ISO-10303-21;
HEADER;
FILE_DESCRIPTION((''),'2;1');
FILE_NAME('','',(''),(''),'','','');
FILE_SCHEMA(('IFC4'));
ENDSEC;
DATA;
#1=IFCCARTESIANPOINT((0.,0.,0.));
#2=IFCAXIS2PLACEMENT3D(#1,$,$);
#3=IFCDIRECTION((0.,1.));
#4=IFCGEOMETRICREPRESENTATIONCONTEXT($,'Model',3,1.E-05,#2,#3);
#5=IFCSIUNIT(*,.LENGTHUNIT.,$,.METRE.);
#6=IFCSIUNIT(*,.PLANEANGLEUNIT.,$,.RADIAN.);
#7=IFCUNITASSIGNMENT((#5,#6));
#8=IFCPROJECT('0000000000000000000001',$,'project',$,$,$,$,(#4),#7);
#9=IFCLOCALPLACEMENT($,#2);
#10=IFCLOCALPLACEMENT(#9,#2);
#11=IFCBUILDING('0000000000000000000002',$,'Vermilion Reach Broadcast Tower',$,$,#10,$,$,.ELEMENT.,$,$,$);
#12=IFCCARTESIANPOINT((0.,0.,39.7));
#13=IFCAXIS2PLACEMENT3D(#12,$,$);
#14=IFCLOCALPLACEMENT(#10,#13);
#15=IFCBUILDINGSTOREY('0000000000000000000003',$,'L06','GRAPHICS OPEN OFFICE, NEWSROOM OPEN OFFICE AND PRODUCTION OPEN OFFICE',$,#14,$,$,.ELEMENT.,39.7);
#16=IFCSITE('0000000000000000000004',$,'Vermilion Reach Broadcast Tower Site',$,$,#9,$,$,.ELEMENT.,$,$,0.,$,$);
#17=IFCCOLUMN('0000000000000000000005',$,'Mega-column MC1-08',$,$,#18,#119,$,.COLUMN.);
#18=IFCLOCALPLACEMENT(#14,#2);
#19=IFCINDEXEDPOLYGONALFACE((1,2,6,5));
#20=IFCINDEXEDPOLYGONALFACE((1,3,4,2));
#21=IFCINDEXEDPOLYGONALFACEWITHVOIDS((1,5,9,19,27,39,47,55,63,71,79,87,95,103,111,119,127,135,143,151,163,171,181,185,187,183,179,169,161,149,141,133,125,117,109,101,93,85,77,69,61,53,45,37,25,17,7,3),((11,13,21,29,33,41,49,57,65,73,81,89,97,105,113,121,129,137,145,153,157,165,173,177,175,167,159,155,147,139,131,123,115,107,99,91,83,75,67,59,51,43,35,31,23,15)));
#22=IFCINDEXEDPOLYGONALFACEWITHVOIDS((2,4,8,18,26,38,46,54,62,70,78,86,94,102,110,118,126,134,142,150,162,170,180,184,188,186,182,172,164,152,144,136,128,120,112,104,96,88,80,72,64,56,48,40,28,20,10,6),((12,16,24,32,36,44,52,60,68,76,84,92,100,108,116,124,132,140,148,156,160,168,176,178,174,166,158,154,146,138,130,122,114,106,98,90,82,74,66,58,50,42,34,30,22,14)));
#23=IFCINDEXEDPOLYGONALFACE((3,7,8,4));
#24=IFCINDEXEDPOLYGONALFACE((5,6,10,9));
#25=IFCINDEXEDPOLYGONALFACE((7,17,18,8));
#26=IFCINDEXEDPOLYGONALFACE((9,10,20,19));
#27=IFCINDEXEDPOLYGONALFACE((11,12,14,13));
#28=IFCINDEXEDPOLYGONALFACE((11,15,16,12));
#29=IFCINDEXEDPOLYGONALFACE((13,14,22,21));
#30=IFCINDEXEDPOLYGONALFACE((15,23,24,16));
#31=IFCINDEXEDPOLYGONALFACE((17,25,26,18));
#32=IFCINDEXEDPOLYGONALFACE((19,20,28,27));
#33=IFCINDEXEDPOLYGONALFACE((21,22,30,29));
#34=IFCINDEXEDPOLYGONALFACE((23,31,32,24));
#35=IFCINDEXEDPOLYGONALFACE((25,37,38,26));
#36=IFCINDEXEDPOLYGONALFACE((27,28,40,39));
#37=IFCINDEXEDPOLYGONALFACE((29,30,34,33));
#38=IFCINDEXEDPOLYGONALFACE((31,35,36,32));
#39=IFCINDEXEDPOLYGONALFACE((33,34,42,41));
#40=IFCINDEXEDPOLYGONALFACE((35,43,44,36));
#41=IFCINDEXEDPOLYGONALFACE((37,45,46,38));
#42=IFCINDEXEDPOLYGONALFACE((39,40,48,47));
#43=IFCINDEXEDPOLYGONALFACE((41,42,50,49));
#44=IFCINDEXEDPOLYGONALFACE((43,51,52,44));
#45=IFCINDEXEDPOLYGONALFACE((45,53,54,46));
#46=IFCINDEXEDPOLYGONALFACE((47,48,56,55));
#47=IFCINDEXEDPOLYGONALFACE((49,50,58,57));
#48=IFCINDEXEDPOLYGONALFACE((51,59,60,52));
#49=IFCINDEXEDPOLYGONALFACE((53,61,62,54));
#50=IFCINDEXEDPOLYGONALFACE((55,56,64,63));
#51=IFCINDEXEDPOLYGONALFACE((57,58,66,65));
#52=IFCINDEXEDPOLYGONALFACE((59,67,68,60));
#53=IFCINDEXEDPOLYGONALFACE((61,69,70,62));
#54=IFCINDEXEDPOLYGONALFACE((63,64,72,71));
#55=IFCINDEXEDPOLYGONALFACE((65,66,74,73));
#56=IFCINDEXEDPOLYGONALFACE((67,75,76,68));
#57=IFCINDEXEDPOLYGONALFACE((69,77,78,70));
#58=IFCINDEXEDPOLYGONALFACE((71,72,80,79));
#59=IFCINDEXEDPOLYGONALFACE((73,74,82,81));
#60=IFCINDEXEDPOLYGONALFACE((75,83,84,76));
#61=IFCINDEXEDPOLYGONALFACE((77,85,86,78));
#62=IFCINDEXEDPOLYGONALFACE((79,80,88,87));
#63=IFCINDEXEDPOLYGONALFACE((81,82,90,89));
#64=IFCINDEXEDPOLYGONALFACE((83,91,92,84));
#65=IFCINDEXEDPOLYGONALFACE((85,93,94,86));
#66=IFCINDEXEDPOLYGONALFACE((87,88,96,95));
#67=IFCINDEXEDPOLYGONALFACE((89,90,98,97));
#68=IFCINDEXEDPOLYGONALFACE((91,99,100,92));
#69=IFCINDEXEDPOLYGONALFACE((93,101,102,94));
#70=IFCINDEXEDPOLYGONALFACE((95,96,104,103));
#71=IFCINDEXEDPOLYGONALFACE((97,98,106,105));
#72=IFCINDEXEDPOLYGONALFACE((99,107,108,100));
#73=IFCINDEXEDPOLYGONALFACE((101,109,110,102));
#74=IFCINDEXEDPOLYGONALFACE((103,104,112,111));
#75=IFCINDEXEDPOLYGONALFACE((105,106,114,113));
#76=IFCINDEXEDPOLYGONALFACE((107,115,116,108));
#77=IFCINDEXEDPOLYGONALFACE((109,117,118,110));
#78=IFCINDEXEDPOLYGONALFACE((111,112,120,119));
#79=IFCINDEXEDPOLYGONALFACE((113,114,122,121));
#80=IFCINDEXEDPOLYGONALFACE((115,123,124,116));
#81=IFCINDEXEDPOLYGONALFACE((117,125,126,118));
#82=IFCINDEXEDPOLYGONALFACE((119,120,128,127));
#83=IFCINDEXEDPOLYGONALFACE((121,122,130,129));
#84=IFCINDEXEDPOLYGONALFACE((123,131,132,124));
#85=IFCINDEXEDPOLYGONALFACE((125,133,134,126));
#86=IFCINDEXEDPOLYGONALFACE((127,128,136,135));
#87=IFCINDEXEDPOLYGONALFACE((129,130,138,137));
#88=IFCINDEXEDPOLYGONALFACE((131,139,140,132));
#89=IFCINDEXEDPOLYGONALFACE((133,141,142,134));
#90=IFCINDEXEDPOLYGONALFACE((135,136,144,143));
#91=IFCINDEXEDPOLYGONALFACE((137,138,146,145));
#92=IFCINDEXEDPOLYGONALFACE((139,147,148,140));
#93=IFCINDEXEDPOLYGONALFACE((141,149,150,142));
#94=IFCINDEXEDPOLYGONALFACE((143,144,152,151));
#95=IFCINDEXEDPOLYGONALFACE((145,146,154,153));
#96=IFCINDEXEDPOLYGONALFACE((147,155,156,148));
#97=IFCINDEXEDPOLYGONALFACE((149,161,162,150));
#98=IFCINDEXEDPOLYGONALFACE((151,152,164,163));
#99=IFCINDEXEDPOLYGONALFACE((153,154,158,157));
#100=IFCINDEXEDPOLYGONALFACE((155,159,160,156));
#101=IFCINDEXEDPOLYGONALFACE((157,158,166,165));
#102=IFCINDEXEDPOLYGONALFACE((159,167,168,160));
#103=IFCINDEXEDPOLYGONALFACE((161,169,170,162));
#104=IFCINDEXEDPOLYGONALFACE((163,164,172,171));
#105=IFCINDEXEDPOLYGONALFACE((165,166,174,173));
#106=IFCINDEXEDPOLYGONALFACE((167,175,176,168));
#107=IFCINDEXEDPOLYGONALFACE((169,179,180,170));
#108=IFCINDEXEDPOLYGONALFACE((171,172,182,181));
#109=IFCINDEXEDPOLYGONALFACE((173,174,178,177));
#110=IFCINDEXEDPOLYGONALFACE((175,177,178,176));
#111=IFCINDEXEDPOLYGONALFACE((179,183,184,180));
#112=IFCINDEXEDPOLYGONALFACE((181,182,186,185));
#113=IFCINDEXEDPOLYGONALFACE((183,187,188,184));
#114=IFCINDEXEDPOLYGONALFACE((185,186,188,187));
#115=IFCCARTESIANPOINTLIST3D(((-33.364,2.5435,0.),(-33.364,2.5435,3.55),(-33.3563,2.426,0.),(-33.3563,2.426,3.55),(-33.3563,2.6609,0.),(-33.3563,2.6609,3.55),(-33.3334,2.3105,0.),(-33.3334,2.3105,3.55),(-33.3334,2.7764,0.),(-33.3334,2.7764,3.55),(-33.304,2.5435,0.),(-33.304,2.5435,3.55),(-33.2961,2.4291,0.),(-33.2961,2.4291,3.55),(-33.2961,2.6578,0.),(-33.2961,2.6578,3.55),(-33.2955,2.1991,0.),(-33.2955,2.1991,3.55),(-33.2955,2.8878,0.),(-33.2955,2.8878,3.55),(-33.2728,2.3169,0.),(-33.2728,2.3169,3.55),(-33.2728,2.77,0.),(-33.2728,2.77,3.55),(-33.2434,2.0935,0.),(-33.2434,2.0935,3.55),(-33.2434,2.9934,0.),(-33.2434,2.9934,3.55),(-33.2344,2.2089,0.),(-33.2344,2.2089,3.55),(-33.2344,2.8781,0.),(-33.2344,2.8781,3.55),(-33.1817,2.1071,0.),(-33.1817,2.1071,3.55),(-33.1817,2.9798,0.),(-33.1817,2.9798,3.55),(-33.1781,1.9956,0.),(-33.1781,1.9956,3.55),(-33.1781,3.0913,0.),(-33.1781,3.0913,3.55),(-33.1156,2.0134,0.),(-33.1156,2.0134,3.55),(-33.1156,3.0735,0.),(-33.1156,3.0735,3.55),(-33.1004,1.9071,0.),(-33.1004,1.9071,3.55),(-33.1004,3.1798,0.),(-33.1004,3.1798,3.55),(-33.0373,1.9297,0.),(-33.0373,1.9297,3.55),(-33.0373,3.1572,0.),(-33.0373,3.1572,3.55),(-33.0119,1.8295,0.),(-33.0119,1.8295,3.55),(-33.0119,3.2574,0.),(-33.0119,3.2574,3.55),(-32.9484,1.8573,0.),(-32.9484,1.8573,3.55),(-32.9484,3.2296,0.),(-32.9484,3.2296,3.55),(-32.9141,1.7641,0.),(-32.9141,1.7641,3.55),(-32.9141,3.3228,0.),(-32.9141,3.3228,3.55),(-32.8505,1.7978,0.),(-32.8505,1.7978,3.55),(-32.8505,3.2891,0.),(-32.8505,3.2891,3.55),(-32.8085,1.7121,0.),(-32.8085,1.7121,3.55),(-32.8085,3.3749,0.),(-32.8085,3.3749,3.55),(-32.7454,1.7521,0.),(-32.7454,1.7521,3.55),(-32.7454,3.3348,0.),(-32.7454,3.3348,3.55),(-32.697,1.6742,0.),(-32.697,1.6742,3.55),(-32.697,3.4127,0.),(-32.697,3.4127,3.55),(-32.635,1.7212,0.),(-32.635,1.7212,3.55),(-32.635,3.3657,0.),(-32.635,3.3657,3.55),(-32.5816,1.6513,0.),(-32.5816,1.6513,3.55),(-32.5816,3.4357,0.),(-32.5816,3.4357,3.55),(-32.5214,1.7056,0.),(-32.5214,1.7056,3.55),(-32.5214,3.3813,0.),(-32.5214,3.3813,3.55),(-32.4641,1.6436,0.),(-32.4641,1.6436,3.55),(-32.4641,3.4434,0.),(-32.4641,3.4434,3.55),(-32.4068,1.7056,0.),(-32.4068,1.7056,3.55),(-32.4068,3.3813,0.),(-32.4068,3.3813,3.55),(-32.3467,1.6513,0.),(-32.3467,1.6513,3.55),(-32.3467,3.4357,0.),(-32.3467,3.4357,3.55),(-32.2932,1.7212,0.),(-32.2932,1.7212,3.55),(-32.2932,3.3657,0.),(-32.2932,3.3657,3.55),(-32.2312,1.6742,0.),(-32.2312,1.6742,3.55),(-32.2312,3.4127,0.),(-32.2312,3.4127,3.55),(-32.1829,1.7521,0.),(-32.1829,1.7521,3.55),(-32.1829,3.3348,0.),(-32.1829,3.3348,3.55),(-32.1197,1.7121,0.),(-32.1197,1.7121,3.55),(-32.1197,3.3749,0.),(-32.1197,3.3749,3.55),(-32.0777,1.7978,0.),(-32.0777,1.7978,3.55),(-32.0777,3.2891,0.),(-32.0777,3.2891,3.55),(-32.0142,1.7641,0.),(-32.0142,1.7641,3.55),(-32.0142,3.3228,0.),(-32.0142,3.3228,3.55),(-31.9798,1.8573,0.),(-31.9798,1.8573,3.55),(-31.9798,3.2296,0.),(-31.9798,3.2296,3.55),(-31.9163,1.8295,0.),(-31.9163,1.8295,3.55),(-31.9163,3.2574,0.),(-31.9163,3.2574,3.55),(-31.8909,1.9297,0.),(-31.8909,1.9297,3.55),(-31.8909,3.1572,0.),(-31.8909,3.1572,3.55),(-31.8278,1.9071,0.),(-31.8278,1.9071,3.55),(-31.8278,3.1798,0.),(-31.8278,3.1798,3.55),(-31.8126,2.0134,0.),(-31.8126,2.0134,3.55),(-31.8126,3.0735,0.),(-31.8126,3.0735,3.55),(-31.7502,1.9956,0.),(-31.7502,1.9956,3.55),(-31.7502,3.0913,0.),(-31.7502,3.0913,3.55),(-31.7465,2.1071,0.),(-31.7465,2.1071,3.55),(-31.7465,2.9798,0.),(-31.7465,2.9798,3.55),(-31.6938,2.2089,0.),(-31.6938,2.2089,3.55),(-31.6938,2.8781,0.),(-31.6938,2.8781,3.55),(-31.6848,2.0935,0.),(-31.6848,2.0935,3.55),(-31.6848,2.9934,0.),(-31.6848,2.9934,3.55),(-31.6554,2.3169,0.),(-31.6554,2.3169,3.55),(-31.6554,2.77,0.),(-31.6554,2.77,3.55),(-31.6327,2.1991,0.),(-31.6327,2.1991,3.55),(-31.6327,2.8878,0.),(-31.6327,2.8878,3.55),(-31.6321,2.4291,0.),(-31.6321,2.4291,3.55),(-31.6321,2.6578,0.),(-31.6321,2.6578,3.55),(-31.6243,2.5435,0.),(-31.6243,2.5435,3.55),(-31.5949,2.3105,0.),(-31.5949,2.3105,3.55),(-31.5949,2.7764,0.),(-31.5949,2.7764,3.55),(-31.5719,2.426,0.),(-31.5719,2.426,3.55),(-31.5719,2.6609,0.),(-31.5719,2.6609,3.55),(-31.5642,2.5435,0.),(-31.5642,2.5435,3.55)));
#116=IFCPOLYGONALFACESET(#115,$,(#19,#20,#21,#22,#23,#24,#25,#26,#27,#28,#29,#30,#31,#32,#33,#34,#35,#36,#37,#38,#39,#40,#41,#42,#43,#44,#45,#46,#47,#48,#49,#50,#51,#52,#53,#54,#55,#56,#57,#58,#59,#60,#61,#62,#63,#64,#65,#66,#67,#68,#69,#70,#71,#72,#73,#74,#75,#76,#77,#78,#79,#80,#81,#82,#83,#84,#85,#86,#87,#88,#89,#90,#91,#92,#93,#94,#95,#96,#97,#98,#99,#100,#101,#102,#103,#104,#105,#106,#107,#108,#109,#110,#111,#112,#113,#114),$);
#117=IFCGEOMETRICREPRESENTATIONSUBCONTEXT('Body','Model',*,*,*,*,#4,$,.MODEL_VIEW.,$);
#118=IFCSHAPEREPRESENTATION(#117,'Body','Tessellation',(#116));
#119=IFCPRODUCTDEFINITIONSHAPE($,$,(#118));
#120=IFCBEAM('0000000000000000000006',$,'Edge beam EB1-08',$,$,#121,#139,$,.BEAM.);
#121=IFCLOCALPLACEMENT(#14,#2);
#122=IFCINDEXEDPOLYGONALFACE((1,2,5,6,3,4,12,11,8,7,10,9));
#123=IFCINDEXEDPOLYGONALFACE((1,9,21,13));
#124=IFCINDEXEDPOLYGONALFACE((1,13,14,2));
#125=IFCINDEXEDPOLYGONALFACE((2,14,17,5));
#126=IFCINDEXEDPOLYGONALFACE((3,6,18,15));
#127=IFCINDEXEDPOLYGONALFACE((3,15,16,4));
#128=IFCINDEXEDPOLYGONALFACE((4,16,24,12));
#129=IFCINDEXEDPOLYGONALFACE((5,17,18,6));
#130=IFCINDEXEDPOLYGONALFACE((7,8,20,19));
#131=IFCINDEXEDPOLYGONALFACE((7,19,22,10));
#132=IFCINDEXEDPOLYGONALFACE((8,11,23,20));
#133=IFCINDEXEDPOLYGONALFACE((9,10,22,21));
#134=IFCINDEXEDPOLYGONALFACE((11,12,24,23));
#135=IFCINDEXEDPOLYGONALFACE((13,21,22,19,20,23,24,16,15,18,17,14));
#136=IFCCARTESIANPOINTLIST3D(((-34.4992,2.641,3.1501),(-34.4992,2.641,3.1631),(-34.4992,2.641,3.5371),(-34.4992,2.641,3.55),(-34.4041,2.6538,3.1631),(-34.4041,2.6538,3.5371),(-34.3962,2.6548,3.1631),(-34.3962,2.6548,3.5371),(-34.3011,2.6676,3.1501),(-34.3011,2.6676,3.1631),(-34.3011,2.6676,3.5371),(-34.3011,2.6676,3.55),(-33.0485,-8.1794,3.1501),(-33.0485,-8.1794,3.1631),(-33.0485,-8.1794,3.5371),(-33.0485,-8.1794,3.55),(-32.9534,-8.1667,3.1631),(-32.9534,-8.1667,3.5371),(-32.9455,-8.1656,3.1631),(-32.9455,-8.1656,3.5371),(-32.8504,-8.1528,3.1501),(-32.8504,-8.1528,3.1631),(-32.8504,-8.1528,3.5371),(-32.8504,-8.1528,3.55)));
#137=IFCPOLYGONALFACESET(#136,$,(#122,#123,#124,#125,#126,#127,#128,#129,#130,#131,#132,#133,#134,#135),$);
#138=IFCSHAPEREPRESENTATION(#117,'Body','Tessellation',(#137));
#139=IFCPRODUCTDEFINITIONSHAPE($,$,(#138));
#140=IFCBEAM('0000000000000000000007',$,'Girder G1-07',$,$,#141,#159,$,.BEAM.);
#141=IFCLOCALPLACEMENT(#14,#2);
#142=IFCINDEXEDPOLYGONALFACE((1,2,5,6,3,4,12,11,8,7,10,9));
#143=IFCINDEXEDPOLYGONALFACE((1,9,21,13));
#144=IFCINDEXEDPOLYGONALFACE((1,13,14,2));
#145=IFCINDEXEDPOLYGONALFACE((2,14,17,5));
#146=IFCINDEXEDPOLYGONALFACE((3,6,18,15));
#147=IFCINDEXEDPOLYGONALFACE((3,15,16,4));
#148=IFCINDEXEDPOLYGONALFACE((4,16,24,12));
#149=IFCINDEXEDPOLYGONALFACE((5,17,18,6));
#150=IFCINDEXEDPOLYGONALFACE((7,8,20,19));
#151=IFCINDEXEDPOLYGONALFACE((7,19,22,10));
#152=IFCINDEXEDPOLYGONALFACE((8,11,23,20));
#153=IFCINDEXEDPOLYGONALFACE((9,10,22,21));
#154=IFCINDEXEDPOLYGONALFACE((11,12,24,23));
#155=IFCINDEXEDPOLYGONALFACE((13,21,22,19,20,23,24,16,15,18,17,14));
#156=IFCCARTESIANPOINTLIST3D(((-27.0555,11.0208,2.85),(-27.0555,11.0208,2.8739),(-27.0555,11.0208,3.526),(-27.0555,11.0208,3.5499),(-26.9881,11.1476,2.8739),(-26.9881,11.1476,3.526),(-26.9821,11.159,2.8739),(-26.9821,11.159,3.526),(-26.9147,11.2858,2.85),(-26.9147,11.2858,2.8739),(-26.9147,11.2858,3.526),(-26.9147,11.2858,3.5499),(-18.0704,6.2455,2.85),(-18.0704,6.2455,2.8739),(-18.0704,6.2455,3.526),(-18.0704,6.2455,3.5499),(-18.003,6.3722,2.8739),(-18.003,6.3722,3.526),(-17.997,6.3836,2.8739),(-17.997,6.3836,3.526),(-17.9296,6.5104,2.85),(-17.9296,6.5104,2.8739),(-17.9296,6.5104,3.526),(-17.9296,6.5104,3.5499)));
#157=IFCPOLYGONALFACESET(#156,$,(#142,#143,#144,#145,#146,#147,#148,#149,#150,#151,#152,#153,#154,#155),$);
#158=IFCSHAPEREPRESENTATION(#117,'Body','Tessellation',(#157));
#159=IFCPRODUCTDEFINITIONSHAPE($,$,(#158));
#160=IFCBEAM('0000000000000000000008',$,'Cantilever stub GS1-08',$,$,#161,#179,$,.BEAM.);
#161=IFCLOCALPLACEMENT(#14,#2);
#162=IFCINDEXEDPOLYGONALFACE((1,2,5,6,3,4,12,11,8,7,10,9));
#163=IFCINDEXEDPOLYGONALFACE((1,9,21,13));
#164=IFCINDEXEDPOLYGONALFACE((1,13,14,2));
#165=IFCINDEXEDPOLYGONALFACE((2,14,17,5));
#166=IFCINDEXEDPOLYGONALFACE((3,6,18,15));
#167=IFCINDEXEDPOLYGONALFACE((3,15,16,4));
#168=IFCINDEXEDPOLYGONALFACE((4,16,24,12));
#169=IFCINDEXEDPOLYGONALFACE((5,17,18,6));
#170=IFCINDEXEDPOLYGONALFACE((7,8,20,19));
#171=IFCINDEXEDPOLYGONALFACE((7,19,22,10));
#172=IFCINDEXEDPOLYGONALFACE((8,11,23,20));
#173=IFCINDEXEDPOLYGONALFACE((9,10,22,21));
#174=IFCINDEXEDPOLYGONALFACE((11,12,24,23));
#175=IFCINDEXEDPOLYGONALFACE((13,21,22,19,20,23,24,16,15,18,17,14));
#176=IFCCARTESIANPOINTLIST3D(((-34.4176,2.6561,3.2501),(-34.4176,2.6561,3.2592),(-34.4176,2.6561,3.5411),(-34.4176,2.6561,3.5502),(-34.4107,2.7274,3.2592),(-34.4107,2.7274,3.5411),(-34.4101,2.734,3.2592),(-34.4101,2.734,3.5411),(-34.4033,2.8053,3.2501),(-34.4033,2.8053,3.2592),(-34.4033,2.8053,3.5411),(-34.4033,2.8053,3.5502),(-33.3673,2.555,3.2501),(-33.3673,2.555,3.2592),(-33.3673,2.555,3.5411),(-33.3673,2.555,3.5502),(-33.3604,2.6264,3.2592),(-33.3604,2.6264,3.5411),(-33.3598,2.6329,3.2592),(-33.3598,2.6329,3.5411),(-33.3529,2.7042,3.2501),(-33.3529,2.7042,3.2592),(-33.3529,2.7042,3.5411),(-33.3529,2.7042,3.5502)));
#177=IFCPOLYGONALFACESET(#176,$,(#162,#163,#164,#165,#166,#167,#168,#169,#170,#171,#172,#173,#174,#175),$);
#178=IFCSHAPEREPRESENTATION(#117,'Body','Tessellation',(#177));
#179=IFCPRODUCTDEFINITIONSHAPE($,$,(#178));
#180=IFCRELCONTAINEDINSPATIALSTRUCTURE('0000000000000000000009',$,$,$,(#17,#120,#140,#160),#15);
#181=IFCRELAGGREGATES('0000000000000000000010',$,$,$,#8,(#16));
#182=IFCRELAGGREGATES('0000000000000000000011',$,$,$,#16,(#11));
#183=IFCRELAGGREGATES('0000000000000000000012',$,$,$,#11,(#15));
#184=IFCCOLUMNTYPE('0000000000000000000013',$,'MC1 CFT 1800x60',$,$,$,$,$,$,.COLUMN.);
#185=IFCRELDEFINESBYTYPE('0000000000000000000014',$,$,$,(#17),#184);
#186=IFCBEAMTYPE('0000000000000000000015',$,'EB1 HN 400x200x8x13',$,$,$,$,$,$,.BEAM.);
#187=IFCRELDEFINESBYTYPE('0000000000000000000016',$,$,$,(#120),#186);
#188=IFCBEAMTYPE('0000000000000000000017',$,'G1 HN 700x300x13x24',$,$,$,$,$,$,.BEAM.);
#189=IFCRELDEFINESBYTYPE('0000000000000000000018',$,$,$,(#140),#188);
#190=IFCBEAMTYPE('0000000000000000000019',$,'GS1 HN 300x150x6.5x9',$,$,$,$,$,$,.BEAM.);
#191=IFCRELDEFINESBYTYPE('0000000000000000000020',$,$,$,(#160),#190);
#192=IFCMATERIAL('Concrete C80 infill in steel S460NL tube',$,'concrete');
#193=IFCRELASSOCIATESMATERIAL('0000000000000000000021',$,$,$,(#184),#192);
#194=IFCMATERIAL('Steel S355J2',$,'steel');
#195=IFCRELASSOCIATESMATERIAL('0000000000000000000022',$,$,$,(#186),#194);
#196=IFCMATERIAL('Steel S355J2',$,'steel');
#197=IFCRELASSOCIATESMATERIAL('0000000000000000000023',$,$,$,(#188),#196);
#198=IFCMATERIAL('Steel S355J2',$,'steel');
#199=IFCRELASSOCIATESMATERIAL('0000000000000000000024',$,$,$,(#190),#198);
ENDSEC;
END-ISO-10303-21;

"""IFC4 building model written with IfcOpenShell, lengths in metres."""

from ifc_helpers import new_model, si_unit, direction, frame, origin, origin_2d, place, context, subcontext, project, spatial, hollow_circle, i_section, extrude, material, material_profile, profile_set, type_object, element, save


model = new_model("IFC4")

# Units and contexts
model_context = context("Model", 3, precision=1e-05, world=origin(), true_north=direction((0.0, 1.0)))
body_context = subcontext(model_context, "Body", "Model", "MODEL_VIEW")
ifc_project = project(units=[si_unit("LENGTHUNIT", "METRE"), si_unit("PLANEANGLEUNIT", "RADIAN")], contexts=[model_context])

# Site, building, storey
site_placement = place(None, origin())
site = spatial("IfcSite", under=ifc_project, at=site_placement, Name="Vermilion Reach Broadcast Tower Site", CompositionType="ELEMENT", RefElevation=0.0)
building_placement = place(site_placement, origin())
building = spatial("IfcBuilding", under=site, at=building_placement, Name="Vermilion Reach Broadcast Tower", CompositionType="ELEMENT")
storey_placement = place(building_placement, frame((0.0, 0.0, 39.7)))
storey = spatial("IfcBuildingStorey", under=building, at=storey_placement, Name="L06", Description="GRAPHICS OPEN OFFICE, NEWSROOM OPEN OFFICE AND PRODUCTION OPEN OFFICE", CompositionType="ELEMENT", Elevation=39.7)

# Column
ifc_material_1 = material(Name="Concrete C80 infill in steel S460NL tube", Category="concrete")
ifc_material_profile_1 = material_profile(ifc_material_1, hollow_circle(Radius=0.8999, WallThickness=0.0601, at=origin_2d()), Name="Concrete C80 infill in steel S460NL tube CFT 1800x60")
ifc_profile_set_1 = profile_set([ifc_material_profile_1], Name="Concrete C80 infill in steel S460NL tube")
column_type = type_object("IfcColumnType", Name="MC1 CFT 1800x60", PredefinedType="COLUMN", material=ifc_profile_set_1)
column_placement = place(storey_placement, frame((-32.4641, 2.5435, 0.0), z_axis=(0.0, 0.0, 1.0), x_axis=(1.0, 0.0, 0.0)))
element("IfcColumn", 1, at=column_placement, inside=storey, type_object=column_type, Name="Mega-column MC1-08", PredefinedType="COLUMN", context=body_context, shape_type="SweptSolid", body=[
    extrude(hollow_circle(Radius=0.8999, WallThickness=0.0601, at=origin_2d()), origin(), (0.0, 0.0, 1.0), 3.55),
])

# Beams
ifc_material_2 = material(Name="Steel S355J2", Category="steel")
ifc_material_profile_2 = material_profile(ifc_material_2, i_section(OverallWidth=0.2, OverallDepth=0.3999, WebThickness=0.0081, FlangeThickness=0.0129, at=origin_2d()), Name="S355J2 HN 400x200x8x13")
ifc_profile_set_2 = profile_set([ifc_material_profile_2], Name="Steel S355J2")
beam_type_1 = type_object("IfcBeamType", Name="EB1 HN 400x200x8x13", PredefinedType="BEAM", material=ifc_profile_set_2)
beam_1_placement = place(storey_placement, frame((-34.4001, 2.6543, 3.3501), z_axis=(0.132881, -0.991132, 0.0), x_axis=(0.991132, 0.132881, 0.0)))
element("IfcBeam", 2, at=beam_1_placement, inside=storey, type_object=beam_type_1, Name="Edge beam EB1-08", PredefinedType="BEAM", context=body_context, shape_type="SweptSolid", body=[
    extrude(i_section(OverallWidth=0.2, OverallDepth=0.3999, WebThickness=0.0081, FlangeThickness=0.0129, at=origin_2d()), origin(), (0.0, 0.0, 1.0), 10.9172),
])
ifc_material_3 = material(Name="Steel S355J2", Category="steel")
ifc_material_profile_3 = material_profile(ifc_material_3, i_section(OverallWidth=0.3, OverallDepth=0.7, WebThickness=0.0129, FlangeThickness=0.0239, at=origin_2d()), Name="S355J2 HN 700x300x13x24")
ifc_profile_set_3 = profile_set([ifc_material_profile_3], Name="Steel S355J2")
beam_type_2 = type_object("IfcBeamType", Name="G1 HN 700x300x13x24", PredefinedType="BEAM", material=ifc_profile_set_3)
beam_2_placement = place(storey_placement, frame((-18.0, 6.3779, 3.2), z_axis=(-0.883032, 0.469313, 0.0), x_axis=(-0.469313, -0.883032, 0.0)))
element("IfcBeam", 3, at=beam_2_placement, inside=storey, type_object=beam_type_2, Name="Girder G1-07", PredefinedType="BEAM", context=body_context, shape_type="SweptSolid", body=[
    extrude(i_section(OverallWidth=0.3, OverallDepth=0.7, WebThickness=0.0129, FlangeThickness=0.0239, at=origin_2d()), origin(), (0.0, 0.0, 1.0), 10.1753),
])
ifc_material_4 = material(Name="Steel S355J2", Category="steel")
ifc_material_profile_4 = material_profile(ifc_material_4, i_section(OverallWidth=0.1499, OverallDepth=0.3, WebThickness=0.0066, FlangeThickness=0.009, at=origin_2d()), Name="S355J2 HN 300x150x6.5x9")
ifc_profile_set_4 = profile_set([ifc_material_profile_4], Name="Steel S355J2")
beam_type_3 = type_object("IfcBeamType", Name="GS1 HN 300x150x6.5x9", PredefinedType="BEAM", material=ifc_profile_set_4)
beam_3_placement = place(storey_placement, frame((-33.3601, 2.6296, 3.4001), z_axis=(-0.995401, 0.095792, 0.0), x_axis=(-0.095792, -0.995401, 0.0)))
element("IfcBeam", 4, at=beam_3_placement, inside=storey, type_object=beam_type_3, Name="Cantilever stub GS1-08", PredefinedType="BEAM", context=body_context, shape_type="SweptSolid", body=[
    extrude(i_section(OverallWidth=0.1499, OverallDepth=0.3, WebThickness=0.0066, FlangeThickness=0.009, at=origin_2d()), origin(), (0.0, 0.0, 1.0), 1.0552),
])

save(model, "model.ifc")
